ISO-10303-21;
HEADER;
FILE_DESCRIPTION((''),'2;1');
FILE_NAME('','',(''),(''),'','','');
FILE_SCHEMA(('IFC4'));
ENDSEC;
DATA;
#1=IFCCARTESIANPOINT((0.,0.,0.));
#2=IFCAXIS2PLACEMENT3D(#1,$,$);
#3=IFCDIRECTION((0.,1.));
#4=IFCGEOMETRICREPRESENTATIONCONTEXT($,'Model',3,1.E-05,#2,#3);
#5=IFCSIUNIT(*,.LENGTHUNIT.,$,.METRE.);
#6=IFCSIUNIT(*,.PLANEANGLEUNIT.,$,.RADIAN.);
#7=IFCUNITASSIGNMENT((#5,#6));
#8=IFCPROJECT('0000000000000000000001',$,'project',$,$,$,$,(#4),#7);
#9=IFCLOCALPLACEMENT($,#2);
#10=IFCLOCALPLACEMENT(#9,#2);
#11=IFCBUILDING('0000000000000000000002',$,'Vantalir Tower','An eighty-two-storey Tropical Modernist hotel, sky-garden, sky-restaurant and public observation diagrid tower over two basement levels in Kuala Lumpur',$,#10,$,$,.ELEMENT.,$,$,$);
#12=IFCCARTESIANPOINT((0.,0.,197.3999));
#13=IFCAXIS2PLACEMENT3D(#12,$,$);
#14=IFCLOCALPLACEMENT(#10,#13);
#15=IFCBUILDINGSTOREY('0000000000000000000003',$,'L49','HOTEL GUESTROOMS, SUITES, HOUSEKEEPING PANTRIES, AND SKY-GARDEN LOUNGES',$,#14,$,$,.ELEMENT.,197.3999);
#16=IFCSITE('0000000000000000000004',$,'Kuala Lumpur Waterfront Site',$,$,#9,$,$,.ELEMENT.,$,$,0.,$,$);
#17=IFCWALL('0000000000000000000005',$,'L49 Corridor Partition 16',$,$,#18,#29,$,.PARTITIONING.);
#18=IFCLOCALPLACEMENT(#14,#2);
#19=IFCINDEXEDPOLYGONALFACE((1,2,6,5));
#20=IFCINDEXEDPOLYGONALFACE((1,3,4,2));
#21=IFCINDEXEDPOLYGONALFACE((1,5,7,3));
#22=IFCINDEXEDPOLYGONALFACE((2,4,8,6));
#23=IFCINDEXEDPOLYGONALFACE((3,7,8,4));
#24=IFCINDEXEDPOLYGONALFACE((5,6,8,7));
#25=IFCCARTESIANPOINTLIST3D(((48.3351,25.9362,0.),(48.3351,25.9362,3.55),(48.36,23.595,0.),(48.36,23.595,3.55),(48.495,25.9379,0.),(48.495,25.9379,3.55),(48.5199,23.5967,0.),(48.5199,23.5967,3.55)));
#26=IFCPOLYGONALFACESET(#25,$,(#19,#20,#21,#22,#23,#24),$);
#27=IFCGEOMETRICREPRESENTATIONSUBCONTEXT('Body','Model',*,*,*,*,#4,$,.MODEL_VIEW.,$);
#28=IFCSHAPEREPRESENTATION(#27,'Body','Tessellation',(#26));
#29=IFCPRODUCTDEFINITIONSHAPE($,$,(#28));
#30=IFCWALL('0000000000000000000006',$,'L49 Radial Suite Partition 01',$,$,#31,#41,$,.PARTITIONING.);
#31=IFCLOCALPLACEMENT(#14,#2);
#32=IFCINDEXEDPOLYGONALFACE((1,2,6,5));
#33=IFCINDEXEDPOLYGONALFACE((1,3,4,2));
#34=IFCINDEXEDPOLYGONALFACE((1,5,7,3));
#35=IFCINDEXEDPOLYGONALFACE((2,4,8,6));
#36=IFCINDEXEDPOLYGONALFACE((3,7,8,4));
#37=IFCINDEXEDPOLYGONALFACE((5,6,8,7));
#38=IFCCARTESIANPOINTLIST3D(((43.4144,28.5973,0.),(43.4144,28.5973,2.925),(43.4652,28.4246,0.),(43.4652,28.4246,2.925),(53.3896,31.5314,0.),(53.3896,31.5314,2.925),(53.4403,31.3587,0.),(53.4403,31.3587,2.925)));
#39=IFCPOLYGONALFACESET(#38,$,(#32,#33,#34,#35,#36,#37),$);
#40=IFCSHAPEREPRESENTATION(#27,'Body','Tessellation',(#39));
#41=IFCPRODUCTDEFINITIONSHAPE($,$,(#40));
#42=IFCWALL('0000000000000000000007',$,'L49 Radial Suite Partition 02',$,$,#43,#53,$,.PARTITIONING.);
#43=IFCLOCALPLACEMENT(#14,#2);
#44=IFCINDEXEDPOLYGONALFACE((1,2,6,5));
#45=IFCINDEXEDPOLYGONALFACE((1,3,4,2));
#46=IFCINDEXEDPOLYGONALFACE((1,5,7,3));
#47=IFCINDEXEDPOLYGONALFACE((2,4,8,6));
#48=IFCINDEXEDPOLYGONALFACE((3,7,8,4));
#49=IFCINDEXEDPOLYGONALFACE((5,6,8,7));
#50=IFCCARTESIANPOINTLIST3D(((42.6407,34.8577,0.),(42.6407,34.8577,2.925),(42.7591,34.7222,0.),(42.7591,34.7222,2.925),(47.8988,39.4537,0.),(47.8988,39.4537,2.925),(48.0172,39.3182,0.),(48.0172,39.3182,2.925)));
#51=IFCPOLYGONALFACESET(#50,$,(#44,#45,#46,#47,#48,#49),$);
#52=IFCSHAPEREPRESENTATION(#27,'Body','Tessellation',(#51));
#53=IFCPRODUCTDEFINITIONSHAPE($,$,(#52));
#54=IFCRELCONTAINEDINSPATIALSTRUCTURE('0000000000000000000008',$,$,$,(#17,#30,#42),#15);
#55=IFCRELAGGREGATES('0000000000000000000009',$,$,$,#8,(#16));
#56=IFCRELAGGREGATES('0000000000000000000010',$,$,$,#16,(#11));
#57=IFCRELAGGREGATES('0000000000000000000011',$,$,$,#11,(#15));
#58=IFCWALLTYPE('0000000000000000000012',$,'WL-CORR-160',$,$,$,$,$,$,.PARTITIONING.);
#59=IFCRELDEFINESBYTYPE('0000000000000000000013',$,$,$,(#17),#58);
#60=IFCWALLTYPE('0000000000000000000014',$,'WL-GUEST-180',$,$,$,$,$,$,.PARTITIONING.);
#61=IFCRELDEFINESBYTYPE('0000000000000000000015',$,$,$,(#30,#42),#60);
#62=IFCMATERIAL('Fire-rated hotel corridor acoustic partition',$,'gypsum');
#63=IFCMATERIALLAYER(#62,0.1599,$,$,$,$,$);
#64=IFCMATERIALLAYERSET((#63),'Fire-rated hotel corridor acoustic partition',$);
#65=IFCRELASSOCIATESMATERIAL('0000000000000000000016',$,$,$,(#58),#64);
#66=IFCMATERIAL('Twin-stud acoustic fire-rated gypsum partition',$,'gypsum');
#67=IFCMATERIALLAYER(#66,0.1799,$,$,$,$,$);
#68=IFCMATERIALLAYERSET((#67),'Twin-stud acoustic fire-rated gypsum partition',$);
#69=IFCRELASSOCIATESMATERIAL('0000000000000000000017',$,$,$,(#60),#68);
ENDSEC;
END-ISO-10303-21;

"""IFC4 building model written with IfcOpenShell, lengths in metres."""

from ifc_helpers import new_model, si_unit, direction, frame, frame_2d, origin, place, context, subcontext, project, spatial, rectangle, extrude, material, layer, layer_set, type_object, element, save


model = new_model("IFC4")

# Units and contexts
model_context = context("Model", 3, precision=1e-05, world=origin(), true_north=direction((0.0, 1.0)))
body_context = subcontext(model_context, "Body", "Model", "MODEL_VIEW")
ifc_project = project(units=[si_unit("LENGTHUNIT", "METRE"), si_unit("PLANEANGLEUNIT", "RADIAN")], contexts=[model_context])

# Site, building, storey
site_placement = place(None, origin())
site = spatial("IfcSite", under=ifc_project, at=site_placement, Name="Kuala Lumpur Waterfront Site", CompositionType="ELEMENT", RefElevation=0.0)
building_placement = place(site_placement, origin())
building = spatial("IfcBuilding", under=site, at=building_placement, Name="Vantalir Tower", Description="An eighty-two-storey Tropical Modernist hotel, sky-garden, sky-restaurant and public observation diagrid tower over two basement levels in Kuala Lumpur", CompositionType="ELEMENT")
storey_placement = place(building_placement, frame((0.0, 0.0, 197.3999)))
storey = spatial("IfcBuildingStorey", under=building, at=storey_placement, Name="L49", Description="HOTEL GUESTROOMS, SUITES, HOUSEKEEPING PANTRIES, AND SKY-GARDEN LOUNGES", CompositionType="ELEMENT", Elevation=197.3999)

# Shared definitions
ifc_material_1 = material(Name="Fire-rated hotel corridor acoustic partition", Category="gypsum")
ifc_layer_1 = layer(ifc_material_1, 0.1599)
ifc_layer_set_1 = layer_set([ifc_layer_1], Name="Fire-rated hotel corridor acoustic partition")
wall_type_1 = type_object("IfcWallType", Name="WL-CORR-160", PredefinedType="PARTITIONING", material=ifc_layer_set_1)

# Walls
wall_1_placement = place(storey_placement, frame((48.415, 25.937, 0.0), z_axis=(0.0, 0.0, 1.0), x_axis=(0.010637, -0.999943, 0.0)))
element("IfcWall", 1, at=wall_1_placement, inside=storey, type_object=wall_type_1, Name="L49 Corridor Partition 16", PredefinedType="PARTITIONING", context=body_context, shape_type="SweptSolid", body=[
    extrude(rectangle(XDim=2.3413, YDim=0.1599, at=frame_2d((1.1707, 0.0))), origin(), (0.0, 0.0, 1.0), 3.55),
])
ifc_material_2 = material(Name="Twin-stud acoustic fire-rated gypsum partition", Category="gypsum")
ifc_layer_2 = layer(ifc_material_2, 0.1799)
ifc_layer_set_2 = layer_set([ifc_layer_2], Name="Twin-stud acoustic fire-rated gypsum partition")
wall_type_2 = type_object("IfcWallType", Name="WL-GUEST-180", PredefinedType="PARTITIONING", material=ifc_layer_set_2)
wall_2_placement = place(storey_placement, frame((43.4399, 28.511, 0.0), z_axis=(0.0, 0.0, 1.0), x_axis=(0.95936, 0.282187, 0.0)))
element("IfcWall", 2, at=wall_2_placement, inside=storey, type_object=wall_type_2, Name="L49 Radial Suite Partition 01", PredefinedType="PARTITIONING", context=body_context, shape_type="SweptSolid", body=[
    extrude(rectangle(XDim=10.3977, YDim=0.1799, at=frame_2d((5.1987, 0.0))), origin(), (0.0, 0.0, 1.0), 2.925),
])
wall_3_placement = place(storey_placement, frame((42.7, 34.79, 0.0), z_axis=(0.0, 0.0, 1.0), x_axis=(0.752921, 0.658111, 0.0)))
element("IfcWall", 3, at=wall_3_placement, inside=storey, type_object=wall_type_2, Name="L49 Radial Suite Partition 02", PredefinedType="PARTITIONING", context=body_context, shape_type="SweptSolid", body=[
    extrude(rectangle(XDim=6.9836, YDim=0.1799, at=frame_2d((3.4917, 0.0))), origin(), (0.0, 0.0, 1.0), 2.925),
])

save(model, "model.ifc")
